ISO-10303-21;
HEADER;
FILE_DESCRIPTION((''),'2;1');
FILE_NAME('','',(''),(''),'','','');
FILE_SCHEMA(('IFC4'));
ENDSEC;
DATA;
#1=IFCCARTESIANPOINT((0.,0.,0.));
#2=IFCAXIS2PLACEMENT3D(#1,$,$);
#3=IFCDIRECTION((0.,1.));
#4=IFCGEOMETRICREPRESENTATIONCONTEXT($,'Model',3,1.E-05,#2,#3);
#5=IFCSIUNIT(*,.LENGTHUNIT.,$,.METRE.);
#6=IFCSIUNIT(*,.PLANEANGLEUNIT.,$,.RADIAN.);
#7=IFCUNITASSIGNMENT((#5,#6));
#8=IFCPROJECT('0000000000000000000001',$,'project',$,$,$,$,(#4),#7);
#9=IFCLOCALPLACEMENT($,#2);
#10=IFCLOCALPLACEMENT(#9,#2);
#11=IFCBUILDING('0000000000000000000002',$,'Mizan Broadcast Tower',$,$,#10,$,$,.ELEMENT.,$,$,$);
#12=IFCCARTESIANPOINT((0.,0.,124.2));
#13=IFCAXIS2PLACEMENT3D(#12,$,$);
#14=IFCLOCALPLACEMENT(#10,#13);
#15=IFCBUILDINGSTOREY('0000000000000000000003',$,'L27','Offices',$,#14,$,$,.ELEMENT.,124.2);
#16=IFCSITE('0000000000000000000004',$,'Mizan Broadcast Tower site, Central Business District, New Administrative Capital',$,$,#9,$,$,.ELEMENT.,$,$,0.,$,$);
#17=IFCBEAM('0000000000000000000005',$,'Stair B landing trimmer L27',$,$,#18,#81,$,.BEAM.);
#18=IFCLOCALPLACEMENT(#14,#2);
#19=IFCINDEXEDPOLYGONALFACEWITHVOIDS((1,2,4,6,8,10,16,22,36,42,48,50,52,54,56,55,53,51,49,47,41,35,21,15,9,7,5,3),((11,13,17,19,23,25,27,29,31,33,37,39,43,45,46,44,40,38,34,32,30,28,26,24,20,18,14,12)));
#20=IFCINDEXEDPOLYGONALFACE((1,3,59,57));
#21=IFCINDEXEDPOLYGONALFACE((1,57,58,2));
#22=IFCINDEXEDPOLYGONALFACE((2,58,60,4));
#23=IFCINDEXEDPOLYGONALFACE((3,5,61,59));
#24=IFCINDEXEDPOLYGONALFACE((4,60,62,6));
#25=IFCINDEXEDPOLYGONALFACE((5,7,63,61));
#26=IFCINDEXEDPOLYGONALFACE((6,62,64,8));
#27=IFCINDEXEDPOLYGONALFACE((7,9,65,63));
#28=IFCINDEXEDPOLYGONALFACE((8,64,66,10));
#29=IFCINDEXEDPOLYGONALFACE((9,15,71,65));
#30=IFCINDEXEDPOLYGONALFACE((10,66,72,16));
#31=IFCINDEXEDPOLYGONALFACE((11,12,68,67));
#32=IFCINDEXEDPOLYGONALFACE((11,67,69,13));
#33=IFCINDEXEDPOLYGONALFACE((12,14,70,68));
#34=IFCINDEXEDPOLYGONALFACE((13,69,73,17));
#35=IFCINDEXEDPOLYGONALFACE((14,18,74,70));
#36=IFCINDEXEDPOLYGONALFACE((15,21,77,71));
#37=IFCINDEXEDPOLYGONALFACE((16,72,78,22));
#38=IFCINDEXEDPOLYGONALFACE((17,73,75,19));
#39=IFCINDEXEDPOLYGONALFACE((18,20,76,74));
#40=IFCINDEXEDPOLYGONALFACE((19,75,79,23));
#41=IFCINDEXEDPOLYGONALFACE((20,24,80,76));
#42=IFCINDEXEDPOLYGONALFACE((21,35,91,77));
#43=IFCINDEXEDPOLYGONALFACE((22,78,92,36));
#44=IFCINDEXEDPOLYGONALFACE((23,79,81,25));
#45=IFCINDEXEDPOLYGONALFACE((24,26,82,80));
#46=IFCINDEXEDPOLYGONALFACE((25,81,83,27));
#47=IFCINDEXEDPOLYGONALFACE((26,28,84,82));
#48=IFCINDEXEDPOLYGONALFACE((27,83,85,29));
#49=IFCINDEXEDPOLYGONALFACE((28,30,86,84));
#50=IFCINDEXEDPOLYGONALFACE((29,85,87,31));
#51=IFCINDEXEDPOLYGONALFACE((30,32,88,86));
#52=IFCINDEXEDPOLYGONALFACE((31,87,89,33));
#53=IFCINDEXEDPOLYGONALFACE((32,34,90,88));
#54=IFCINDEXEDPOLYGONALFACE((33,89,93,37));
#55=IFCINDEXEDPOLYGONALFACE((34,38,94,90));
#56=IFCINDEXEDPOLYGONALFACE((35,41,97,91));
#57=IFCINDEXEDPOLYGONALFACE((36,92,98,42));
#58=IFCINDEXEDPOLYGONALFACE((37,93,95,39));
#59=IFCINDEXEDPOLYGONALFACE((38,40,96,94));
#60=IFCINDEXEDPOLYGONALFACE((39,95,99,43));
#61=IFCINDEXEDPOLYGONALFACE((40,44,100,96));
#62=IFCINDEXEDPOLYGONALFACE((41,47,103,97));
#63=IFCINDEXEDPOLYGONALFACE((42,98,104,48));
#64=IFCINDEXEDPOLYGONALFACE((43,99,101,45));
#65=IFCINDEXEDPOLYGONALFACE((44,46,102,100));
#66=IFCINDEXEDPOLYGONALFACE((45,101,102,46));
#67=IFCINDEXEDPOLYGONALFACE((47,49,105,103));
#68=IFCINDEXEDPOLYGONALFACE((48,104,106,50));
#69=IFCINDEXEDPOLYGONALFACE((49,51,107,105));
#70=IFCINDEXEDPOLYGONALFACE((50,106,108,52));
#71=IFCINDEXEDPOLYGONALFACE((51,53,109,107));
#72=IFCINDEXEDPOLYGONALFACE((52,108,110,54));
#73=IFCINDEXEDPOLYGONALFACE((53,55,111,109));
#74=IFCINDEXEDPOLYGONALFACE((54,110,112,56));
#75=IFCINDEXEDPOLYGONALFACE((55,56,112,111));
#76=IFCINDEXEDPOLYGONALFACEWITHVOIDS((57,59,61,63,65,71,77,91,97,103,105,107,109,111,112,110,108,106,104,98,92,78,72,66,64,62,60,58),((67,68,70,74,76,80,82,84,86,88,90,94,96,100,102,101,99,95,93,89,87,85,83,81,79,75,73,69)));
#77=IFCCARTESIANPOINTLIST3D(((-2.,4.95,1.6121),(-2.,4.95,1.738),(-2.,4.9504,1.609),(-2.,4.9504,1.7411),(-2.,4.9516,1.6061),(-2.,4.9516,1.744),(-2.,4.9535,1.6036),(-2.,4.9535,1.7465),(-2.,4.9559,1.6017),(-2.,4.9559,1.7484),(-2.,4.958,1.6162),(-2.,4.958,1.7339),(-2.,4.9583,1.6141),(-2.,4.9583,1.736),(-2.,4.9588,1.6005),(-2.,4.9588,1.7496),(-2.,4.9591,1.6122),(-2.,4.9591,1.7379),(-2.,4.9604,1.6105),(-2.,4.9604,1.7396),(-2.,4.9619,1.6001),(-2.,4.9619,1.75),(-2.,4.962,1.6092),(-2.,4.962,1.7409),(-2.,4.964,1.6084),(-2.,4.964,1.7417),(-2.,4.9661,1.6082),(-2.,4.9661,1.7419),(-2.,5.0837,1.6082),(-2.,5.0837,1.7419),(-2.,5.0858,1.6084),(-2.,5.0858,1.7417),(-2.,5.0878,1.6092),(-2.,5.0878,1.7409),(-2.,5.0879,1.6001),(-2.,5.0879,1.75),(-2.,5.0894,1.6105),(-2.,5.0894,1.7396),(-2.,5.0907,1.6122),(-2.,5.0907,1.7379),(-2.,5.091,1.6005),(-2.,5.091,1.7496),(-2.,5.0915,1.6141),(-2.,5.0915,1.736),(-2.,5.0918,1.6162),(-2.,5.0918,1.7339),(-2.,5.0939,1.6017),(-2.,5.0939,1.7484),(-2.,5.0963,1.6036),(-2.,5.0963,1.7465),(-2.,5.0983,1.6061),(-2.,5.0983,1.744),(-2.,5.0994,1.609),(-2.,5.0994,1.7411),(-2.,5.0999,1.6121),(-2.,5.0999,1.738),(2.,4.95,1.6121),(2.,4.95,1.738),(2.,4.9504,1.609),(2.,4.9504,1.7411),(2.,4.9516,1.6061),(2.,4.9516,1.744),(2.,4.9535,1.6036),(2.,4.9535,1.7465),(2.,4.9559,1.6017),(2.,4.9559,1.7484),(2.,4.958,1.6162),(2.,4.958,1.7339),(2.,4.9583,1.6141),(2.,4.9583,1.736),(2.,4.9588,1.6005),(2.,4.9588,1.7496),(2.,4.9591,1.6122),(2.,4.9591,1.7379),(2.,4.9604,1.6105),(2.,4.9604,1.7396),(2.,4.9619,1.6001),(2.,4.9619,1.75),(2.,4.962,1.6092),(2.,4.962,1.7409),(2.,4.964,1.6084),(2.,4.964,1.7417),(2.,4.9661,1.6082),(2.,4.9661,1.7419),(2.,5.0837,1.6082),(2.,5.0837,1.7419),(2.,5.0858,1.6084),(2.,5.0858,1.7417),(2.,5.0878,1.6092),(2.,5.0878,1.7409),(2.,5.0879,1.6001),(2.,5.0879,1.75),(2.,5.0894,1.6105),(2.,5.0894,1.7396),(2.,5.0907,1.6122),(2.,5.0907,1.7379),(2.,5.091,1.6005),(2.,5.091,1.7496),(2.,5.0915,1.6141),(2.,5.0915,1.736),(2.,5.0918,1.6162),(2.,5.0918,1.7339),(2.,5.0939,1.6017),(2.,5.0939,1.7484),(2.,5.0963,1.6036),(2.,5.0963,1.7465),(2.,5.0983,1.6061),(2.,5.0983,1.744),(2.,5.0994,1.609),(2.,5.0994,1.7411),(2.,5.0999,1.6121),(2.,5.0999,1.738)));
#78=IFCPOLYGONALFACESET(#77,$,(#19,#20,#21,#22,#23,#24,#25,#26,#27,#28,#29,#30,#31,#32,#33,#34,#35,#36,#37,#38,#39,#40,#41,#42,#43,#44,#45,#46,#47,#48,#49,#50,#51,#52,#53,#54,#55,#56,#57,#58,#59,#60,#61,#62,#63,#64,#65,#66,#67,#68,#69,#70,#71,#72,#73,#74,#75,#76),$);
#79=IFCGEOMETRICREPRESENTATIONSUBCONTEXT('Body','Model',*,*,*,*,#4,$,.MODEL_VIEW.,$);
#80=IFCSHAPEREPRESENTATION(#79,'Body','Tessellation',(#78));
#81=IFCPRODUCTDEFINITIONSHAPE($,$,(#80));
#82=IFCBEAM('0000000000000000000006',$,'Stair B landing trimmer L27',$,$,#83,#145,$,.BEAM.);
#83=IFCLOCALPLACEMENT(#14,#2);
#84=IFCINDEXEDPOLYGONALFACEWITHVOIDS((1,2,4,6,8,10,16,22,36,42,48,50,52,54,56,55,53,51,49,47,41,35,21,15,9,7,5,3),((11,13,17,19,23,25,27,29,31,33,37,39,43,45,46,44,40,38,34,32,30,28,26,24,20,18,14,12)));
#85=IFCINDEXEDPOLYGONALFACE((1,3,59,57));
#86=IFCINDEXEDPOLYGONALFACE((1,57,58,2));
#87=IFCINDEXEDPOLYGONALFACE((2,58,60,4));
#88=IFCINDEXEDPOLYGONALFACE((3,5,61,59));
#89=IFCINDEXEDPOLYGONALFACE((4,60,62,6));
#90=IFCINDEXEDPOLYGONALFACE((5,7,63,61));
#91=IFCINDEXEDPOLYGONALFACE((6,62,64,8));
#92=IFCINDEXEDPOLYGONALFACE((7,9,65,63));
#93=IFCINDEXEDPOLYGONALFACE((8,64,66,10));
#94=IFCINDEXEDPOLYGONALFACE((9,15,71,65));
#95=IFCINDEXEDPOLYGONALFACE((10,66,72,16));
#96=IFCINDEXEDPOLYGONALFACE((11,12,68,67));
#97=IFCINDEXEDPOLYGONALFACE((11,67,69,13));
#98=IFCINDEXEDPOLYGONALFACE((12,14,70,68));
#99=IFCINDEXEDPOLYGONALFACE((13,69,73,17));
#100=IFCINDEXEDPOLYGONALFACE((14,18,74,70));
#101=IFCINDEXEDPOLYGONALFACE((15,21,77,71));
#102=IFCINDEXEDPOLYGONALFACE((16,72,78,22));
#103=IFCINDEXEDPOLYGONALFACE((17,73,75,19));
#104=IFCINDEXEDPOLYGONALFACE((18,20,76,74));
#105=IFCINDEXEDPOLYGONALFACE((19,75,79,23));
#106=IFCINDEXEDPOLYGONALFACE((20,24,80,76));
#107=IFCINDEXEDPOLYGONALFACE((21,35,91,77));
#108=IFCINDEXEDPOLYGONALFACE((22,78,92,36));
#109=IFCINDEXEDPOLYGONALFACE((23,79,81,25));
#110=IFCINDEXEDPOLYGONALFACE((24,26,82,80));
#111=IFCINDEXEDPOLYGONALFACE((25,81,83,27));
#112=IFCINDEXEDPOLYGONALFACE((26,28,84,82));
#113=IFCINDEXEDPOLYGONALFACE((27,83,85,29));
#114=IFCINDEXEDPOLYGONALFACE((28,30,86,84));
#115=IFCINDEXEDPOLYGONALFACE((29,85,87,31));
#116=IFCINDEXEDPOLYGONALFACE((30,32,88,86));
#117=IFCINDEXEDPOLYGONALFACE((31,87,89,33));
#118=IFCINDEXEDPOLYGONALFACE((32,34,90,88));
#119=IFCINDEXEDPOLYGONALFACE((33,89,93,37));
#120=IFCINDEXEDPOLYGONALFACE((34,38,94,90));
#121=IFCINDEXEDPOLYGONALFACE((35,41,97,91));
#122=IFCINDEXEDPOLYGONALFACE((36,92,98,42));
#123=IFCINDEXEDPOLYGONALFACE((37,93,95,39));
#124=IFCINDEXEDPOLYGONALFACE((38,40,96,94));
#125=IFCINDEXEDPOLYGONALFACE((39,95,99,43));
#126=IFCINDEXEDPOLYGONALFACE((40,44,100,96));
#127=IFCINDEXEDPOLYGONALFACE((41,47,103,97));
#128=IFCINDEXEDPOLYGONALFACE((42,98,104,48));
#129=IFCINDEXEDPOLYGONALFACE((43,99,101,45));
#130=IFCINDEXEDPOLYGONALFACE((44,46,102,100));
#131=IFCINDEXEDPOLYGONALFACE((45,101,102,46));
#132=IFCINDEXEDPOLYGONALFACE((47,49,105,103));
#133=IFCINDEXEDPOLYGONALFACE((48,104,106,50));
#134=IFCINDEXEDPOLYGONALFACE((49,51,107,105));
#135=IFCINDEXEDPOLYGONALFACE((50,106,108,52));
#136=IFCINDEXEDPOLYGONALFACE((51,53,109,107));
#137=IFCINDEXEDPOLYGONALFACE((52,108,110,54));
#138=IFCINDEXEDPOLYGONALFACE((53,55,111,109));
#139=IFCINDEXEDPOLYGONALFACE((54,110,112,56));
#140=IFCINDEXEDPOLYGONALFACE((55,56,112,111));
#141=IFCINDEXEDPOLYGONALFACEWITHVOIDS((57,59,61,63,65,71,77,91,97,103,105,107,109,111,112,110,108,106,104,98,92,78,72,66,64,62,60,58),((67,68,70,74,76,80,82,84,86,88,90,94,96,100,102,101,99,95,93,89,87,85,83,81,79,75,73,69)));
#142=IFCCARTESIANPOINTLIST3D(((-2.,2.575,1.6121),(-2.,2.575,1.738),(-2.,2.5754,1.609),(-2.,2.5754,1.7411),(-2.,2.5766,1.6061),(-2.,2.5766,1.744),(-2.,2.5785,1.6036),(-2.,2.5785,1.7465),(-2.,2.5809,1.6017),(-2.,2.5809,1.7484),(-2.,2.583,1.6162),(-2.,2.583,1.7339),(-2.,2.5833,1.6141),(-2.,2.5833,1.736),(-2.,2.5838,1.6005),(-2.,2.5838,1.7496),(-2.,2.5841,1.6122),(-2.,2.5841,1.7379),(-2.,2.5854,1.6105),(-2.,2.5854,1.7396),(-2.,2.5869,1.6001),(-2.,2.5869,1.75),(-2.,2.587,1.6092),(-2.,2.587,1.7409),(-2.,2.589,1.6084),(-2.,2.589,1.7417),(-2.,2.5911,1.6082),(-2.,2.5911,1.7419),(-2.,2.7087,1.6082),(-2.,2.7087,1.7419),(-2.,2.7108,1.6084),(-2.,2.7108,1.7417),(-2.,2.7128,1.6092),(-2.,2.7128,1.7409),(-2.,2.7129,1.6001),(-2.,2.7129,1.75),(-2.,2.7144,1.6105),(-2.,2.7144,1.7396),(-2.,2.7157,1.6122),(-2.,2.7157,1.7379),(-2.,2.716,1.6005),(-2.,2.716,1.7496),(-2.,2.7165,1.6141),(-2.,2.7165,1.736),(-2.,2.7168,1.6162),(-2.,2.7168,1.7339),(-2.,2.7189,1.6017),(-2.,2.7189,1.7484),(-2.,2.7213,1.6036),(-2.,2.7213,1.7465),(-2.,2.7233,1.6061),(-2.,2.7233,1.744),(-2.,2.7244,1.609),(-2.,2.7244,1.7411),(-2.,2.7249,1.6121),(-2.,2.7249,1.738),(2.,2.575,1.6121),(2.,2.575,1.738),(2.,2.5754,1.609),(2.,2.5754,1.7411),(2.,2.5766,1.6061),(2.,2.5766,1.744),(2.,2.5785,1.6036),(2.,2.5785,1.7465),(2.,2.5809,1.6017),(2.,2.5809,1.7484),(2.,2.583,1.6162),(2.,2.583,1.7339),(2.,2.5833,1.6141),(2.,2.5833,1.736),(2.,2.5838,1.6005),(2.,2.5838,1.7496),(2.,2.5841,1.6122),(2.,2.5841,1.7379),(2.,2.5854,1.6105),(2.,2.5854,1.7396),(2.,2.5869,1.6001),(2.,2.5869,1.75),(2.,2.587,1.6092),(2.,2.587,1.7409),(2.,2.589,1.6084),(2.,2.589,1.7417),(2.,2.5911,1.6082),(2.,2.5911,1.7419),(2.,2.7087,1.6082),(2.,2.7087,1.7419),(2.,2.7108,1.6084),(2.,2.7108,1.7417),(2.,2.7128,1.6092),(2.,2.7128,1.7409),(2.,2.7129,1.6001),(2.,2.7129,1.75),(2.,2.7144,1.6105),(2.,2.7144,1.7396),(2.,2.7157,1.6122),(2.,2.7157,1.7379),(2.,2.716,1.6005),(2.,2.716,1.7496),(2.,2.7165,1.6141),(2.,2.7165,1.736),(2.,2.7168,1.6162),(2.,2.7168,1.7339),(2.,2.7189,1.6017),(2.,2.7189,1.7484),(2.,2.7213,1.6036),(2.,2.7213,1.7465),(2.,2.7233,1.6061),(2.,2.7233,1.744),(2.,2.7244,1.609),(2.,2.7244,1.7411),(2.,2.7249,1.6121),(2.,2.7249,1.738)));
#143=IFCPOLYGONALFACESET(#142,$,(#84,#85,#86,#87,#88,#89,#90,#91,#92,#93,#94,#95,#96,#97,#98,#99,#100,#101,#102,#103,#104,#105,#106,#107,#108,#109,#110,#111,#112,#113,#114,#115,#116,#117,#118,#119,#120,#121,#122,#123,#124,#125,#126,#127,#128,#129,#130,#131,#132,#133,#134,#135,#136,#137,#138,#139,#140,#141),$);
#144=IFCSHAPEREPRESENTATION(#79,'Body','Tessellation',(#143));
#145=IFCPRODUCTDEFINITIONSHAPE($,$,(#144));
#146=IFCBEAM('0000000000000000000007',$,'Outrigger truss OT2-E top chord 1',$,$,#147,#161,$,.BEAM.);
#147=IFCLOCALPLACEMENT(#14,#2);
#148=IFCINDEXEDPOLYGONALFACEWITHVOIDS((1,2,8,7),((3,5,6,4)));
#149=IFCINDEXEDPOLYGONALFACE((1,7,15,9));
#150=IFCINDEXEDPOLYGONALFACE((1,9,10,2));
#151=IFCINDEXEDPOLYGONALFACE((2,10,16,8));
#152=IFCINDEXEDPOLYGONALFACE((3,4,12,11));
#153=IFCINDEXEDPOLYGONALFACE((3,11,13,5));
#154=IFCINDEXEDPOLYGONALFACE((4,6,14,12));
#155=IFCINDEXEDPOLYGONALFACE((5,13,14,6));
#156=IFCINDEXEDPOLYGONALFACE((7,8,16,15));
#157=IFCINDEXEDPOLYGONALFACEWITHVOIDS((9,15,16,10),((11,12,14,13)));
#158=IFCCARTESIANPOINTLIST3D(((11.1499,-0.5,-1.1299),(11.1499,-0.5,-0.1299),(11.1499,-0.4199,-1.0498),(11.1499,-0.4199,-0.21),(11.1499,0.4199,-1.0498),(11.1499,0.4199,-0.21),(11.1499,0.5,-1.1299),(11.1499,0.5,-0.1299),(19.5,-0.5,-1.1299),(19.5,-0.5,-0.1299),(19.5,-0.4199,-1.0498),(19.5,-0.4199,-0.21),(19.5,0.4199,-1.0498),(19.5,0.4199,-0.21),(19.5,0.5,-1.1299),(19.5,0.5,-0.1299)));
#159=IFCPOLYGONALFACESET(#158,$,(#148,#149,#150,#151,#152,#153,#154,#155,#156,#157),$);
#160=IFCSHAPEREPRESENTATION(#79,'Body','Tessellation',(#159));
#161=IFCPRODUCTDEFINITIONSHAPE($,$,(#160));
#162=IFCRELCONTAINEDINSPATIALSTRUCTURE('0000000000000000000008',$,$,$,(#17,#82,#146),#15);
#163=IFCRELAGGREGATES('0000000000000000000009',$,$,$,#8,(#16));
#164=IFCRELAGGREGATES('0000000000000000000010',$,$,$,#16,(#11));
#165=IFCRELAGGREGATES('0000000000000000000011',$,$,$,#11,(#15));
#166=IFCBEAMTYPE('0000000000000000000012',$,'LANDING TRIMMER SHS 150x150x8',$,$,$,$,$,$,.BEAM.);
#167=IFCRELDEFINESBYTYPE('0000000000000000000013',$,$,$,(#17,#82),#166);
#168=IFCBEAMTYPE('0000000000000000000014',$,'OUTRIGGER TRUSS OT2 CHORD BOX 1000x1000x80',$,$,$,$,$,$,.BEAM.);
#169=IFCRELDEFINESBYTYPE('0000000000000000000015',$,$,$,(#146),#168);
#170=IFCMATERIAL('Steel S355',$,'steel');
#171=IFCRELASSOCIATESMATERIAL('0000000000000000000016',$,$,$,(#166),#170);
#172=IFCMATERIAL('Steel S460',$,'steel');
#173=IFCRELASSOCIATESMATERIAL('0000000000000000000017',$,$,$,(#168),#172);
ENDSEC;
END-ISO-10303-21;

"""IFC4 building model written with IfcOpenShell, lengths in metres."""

from ifc_helpers import new_model, si_unit, direction, frame, origin, origin_2d, place, context, subcontext, project, spatial, hollow_rectangle, extrude, material, material_profile, profile_set, type_object, element, save


model = new_model("IFC4")

# Units and contexts
model_context = context("Model", 3, precision=1e-05, world=origin(), true_north=direction((0.0, 1.0)))
body_context = subcontext(model_context, "Body", "Model", "MODEL_VIEW")
ifc_project = project(units=[si_unit("LENGTHUNIT", "METRE"), si_unit("PLANEANGLEUNIT", "RADIAN")], contexts=[model_context])

# Site, building, storey
site_placement = place(None, origin())
site = spatial("IfcSite", under=ifc_project, at=site_placement, Name="Mizan Broadcast Tower site, Central Business District, New Administrative Capital", CompositionType="ELEMENT", RefElevation=0.0)
building_placement = place(site_placement, origin())
building = spatial("IfcBuilding", under=site, at=building_placement, Name="Mizan Broadcast Tower", CompositionType="ELEMENT")
storey_placement = place(building_placement, frame((0.0, 0.0, 124.2)))
storey = spatial("IfcBuildingStorey", under=building, at=storey_placement, Name="L27", Description="Offices", CompositionType="ELEMENT", Elevation=124.2)

# Beams
ifc_material_1 = material(Name="Steel S355", Category="steel")
ifc_material_profile_1 = material_profile(ifc_material_1, hollow_rectangle(XDim=0.1499, YDim=0.1499, WallThickness=0.0081, InnerFilletRadius=0.0081, OuterFilletRadius=0.012, at=origin_2d()), Name="SHS 150x150x8")
ifc_profile_set_1 = profile_set([ifc_material_profile_1], Name="Steel S355")
beam_type_1 = type_object("IfcBeamType", Name="LANDING TRIMMER SHS 150x150x8", PredefinedType="BEAM", material=ifc_profile_set_1)
for number, where, z_axis, x_axis, name in (
    (1, (2.0, 5.0249, 1.675), (-1.0, 0.0, 0.0), (0.0, -1.0, 0.0), "Stair B landing trimmer L27"),
    (2, (2.0, 2.6499, 1.675), (-1.0, 0.0, 0.0), (0.0, -1.0, 0.0), "Stair B landing trimmer L27"),
):
    element("IfcBeam", number, at=place(storey_placement, frame(where, z_axis=z_axis, x_axis=x_axis)), inside=storey, type_object=beam_type_1, Name=name, PredefinedType="BEAM", context=body_context, shape_type="SweptSolid", body=[
        extrude(hollow_rectangle(XDim=0.1499, YDim=0.1499, WallThickness=0.0081, InnerFilletRadius=0.0081, OuterFilletRadius=0.012, at=origin_2d()), origin(), (0.0, 0.0, 1.0), 4.0),
    ])
ifc_material_2 = material(Name="Steel S460", Category="steel")
ifc_material_profile_2 = material_profile(ifc_material_2, hollow_rectangle(XDim=1.0, YDim=1.0, WallThickness=0.0801, at=origin_2d()), Name="BOX 1000x1000x80")
ifc_profile_set_2 = profile_set([ifc_material_profile_2], Name="Steel S460")
beam_type_2 = type_object("IfcBeamType", Name="OUTRIGGER TRUSS OT2 CHORD BOX 1000x1000x80", PredefinedType="BEAM", material=ifc_profile_set_2)
beam_placement = place(storey_placement, frame((11.1499, 0.0, -0.6299), z_axis=(1.0, 0.0, 0.0), x_axis=(0.0, 1.0, 0.0)))
element("IfcBeam", 3, at=beam_placement, inside=storey, type_object=beam_type_2, Name="Outrigger truss OT2-E top chord 1", PredefinedType="BEAM", context=body_context, shape_type="SweptSolid", body=[
    extrude(hollow_rectangle(XDim=1.0, YDim=1.0, WallThickness=0.0801, at=origin_2d()), origin(), (0.0, 0.0, 1.0), 8.3501),
])

save(model, "model.ifc")
